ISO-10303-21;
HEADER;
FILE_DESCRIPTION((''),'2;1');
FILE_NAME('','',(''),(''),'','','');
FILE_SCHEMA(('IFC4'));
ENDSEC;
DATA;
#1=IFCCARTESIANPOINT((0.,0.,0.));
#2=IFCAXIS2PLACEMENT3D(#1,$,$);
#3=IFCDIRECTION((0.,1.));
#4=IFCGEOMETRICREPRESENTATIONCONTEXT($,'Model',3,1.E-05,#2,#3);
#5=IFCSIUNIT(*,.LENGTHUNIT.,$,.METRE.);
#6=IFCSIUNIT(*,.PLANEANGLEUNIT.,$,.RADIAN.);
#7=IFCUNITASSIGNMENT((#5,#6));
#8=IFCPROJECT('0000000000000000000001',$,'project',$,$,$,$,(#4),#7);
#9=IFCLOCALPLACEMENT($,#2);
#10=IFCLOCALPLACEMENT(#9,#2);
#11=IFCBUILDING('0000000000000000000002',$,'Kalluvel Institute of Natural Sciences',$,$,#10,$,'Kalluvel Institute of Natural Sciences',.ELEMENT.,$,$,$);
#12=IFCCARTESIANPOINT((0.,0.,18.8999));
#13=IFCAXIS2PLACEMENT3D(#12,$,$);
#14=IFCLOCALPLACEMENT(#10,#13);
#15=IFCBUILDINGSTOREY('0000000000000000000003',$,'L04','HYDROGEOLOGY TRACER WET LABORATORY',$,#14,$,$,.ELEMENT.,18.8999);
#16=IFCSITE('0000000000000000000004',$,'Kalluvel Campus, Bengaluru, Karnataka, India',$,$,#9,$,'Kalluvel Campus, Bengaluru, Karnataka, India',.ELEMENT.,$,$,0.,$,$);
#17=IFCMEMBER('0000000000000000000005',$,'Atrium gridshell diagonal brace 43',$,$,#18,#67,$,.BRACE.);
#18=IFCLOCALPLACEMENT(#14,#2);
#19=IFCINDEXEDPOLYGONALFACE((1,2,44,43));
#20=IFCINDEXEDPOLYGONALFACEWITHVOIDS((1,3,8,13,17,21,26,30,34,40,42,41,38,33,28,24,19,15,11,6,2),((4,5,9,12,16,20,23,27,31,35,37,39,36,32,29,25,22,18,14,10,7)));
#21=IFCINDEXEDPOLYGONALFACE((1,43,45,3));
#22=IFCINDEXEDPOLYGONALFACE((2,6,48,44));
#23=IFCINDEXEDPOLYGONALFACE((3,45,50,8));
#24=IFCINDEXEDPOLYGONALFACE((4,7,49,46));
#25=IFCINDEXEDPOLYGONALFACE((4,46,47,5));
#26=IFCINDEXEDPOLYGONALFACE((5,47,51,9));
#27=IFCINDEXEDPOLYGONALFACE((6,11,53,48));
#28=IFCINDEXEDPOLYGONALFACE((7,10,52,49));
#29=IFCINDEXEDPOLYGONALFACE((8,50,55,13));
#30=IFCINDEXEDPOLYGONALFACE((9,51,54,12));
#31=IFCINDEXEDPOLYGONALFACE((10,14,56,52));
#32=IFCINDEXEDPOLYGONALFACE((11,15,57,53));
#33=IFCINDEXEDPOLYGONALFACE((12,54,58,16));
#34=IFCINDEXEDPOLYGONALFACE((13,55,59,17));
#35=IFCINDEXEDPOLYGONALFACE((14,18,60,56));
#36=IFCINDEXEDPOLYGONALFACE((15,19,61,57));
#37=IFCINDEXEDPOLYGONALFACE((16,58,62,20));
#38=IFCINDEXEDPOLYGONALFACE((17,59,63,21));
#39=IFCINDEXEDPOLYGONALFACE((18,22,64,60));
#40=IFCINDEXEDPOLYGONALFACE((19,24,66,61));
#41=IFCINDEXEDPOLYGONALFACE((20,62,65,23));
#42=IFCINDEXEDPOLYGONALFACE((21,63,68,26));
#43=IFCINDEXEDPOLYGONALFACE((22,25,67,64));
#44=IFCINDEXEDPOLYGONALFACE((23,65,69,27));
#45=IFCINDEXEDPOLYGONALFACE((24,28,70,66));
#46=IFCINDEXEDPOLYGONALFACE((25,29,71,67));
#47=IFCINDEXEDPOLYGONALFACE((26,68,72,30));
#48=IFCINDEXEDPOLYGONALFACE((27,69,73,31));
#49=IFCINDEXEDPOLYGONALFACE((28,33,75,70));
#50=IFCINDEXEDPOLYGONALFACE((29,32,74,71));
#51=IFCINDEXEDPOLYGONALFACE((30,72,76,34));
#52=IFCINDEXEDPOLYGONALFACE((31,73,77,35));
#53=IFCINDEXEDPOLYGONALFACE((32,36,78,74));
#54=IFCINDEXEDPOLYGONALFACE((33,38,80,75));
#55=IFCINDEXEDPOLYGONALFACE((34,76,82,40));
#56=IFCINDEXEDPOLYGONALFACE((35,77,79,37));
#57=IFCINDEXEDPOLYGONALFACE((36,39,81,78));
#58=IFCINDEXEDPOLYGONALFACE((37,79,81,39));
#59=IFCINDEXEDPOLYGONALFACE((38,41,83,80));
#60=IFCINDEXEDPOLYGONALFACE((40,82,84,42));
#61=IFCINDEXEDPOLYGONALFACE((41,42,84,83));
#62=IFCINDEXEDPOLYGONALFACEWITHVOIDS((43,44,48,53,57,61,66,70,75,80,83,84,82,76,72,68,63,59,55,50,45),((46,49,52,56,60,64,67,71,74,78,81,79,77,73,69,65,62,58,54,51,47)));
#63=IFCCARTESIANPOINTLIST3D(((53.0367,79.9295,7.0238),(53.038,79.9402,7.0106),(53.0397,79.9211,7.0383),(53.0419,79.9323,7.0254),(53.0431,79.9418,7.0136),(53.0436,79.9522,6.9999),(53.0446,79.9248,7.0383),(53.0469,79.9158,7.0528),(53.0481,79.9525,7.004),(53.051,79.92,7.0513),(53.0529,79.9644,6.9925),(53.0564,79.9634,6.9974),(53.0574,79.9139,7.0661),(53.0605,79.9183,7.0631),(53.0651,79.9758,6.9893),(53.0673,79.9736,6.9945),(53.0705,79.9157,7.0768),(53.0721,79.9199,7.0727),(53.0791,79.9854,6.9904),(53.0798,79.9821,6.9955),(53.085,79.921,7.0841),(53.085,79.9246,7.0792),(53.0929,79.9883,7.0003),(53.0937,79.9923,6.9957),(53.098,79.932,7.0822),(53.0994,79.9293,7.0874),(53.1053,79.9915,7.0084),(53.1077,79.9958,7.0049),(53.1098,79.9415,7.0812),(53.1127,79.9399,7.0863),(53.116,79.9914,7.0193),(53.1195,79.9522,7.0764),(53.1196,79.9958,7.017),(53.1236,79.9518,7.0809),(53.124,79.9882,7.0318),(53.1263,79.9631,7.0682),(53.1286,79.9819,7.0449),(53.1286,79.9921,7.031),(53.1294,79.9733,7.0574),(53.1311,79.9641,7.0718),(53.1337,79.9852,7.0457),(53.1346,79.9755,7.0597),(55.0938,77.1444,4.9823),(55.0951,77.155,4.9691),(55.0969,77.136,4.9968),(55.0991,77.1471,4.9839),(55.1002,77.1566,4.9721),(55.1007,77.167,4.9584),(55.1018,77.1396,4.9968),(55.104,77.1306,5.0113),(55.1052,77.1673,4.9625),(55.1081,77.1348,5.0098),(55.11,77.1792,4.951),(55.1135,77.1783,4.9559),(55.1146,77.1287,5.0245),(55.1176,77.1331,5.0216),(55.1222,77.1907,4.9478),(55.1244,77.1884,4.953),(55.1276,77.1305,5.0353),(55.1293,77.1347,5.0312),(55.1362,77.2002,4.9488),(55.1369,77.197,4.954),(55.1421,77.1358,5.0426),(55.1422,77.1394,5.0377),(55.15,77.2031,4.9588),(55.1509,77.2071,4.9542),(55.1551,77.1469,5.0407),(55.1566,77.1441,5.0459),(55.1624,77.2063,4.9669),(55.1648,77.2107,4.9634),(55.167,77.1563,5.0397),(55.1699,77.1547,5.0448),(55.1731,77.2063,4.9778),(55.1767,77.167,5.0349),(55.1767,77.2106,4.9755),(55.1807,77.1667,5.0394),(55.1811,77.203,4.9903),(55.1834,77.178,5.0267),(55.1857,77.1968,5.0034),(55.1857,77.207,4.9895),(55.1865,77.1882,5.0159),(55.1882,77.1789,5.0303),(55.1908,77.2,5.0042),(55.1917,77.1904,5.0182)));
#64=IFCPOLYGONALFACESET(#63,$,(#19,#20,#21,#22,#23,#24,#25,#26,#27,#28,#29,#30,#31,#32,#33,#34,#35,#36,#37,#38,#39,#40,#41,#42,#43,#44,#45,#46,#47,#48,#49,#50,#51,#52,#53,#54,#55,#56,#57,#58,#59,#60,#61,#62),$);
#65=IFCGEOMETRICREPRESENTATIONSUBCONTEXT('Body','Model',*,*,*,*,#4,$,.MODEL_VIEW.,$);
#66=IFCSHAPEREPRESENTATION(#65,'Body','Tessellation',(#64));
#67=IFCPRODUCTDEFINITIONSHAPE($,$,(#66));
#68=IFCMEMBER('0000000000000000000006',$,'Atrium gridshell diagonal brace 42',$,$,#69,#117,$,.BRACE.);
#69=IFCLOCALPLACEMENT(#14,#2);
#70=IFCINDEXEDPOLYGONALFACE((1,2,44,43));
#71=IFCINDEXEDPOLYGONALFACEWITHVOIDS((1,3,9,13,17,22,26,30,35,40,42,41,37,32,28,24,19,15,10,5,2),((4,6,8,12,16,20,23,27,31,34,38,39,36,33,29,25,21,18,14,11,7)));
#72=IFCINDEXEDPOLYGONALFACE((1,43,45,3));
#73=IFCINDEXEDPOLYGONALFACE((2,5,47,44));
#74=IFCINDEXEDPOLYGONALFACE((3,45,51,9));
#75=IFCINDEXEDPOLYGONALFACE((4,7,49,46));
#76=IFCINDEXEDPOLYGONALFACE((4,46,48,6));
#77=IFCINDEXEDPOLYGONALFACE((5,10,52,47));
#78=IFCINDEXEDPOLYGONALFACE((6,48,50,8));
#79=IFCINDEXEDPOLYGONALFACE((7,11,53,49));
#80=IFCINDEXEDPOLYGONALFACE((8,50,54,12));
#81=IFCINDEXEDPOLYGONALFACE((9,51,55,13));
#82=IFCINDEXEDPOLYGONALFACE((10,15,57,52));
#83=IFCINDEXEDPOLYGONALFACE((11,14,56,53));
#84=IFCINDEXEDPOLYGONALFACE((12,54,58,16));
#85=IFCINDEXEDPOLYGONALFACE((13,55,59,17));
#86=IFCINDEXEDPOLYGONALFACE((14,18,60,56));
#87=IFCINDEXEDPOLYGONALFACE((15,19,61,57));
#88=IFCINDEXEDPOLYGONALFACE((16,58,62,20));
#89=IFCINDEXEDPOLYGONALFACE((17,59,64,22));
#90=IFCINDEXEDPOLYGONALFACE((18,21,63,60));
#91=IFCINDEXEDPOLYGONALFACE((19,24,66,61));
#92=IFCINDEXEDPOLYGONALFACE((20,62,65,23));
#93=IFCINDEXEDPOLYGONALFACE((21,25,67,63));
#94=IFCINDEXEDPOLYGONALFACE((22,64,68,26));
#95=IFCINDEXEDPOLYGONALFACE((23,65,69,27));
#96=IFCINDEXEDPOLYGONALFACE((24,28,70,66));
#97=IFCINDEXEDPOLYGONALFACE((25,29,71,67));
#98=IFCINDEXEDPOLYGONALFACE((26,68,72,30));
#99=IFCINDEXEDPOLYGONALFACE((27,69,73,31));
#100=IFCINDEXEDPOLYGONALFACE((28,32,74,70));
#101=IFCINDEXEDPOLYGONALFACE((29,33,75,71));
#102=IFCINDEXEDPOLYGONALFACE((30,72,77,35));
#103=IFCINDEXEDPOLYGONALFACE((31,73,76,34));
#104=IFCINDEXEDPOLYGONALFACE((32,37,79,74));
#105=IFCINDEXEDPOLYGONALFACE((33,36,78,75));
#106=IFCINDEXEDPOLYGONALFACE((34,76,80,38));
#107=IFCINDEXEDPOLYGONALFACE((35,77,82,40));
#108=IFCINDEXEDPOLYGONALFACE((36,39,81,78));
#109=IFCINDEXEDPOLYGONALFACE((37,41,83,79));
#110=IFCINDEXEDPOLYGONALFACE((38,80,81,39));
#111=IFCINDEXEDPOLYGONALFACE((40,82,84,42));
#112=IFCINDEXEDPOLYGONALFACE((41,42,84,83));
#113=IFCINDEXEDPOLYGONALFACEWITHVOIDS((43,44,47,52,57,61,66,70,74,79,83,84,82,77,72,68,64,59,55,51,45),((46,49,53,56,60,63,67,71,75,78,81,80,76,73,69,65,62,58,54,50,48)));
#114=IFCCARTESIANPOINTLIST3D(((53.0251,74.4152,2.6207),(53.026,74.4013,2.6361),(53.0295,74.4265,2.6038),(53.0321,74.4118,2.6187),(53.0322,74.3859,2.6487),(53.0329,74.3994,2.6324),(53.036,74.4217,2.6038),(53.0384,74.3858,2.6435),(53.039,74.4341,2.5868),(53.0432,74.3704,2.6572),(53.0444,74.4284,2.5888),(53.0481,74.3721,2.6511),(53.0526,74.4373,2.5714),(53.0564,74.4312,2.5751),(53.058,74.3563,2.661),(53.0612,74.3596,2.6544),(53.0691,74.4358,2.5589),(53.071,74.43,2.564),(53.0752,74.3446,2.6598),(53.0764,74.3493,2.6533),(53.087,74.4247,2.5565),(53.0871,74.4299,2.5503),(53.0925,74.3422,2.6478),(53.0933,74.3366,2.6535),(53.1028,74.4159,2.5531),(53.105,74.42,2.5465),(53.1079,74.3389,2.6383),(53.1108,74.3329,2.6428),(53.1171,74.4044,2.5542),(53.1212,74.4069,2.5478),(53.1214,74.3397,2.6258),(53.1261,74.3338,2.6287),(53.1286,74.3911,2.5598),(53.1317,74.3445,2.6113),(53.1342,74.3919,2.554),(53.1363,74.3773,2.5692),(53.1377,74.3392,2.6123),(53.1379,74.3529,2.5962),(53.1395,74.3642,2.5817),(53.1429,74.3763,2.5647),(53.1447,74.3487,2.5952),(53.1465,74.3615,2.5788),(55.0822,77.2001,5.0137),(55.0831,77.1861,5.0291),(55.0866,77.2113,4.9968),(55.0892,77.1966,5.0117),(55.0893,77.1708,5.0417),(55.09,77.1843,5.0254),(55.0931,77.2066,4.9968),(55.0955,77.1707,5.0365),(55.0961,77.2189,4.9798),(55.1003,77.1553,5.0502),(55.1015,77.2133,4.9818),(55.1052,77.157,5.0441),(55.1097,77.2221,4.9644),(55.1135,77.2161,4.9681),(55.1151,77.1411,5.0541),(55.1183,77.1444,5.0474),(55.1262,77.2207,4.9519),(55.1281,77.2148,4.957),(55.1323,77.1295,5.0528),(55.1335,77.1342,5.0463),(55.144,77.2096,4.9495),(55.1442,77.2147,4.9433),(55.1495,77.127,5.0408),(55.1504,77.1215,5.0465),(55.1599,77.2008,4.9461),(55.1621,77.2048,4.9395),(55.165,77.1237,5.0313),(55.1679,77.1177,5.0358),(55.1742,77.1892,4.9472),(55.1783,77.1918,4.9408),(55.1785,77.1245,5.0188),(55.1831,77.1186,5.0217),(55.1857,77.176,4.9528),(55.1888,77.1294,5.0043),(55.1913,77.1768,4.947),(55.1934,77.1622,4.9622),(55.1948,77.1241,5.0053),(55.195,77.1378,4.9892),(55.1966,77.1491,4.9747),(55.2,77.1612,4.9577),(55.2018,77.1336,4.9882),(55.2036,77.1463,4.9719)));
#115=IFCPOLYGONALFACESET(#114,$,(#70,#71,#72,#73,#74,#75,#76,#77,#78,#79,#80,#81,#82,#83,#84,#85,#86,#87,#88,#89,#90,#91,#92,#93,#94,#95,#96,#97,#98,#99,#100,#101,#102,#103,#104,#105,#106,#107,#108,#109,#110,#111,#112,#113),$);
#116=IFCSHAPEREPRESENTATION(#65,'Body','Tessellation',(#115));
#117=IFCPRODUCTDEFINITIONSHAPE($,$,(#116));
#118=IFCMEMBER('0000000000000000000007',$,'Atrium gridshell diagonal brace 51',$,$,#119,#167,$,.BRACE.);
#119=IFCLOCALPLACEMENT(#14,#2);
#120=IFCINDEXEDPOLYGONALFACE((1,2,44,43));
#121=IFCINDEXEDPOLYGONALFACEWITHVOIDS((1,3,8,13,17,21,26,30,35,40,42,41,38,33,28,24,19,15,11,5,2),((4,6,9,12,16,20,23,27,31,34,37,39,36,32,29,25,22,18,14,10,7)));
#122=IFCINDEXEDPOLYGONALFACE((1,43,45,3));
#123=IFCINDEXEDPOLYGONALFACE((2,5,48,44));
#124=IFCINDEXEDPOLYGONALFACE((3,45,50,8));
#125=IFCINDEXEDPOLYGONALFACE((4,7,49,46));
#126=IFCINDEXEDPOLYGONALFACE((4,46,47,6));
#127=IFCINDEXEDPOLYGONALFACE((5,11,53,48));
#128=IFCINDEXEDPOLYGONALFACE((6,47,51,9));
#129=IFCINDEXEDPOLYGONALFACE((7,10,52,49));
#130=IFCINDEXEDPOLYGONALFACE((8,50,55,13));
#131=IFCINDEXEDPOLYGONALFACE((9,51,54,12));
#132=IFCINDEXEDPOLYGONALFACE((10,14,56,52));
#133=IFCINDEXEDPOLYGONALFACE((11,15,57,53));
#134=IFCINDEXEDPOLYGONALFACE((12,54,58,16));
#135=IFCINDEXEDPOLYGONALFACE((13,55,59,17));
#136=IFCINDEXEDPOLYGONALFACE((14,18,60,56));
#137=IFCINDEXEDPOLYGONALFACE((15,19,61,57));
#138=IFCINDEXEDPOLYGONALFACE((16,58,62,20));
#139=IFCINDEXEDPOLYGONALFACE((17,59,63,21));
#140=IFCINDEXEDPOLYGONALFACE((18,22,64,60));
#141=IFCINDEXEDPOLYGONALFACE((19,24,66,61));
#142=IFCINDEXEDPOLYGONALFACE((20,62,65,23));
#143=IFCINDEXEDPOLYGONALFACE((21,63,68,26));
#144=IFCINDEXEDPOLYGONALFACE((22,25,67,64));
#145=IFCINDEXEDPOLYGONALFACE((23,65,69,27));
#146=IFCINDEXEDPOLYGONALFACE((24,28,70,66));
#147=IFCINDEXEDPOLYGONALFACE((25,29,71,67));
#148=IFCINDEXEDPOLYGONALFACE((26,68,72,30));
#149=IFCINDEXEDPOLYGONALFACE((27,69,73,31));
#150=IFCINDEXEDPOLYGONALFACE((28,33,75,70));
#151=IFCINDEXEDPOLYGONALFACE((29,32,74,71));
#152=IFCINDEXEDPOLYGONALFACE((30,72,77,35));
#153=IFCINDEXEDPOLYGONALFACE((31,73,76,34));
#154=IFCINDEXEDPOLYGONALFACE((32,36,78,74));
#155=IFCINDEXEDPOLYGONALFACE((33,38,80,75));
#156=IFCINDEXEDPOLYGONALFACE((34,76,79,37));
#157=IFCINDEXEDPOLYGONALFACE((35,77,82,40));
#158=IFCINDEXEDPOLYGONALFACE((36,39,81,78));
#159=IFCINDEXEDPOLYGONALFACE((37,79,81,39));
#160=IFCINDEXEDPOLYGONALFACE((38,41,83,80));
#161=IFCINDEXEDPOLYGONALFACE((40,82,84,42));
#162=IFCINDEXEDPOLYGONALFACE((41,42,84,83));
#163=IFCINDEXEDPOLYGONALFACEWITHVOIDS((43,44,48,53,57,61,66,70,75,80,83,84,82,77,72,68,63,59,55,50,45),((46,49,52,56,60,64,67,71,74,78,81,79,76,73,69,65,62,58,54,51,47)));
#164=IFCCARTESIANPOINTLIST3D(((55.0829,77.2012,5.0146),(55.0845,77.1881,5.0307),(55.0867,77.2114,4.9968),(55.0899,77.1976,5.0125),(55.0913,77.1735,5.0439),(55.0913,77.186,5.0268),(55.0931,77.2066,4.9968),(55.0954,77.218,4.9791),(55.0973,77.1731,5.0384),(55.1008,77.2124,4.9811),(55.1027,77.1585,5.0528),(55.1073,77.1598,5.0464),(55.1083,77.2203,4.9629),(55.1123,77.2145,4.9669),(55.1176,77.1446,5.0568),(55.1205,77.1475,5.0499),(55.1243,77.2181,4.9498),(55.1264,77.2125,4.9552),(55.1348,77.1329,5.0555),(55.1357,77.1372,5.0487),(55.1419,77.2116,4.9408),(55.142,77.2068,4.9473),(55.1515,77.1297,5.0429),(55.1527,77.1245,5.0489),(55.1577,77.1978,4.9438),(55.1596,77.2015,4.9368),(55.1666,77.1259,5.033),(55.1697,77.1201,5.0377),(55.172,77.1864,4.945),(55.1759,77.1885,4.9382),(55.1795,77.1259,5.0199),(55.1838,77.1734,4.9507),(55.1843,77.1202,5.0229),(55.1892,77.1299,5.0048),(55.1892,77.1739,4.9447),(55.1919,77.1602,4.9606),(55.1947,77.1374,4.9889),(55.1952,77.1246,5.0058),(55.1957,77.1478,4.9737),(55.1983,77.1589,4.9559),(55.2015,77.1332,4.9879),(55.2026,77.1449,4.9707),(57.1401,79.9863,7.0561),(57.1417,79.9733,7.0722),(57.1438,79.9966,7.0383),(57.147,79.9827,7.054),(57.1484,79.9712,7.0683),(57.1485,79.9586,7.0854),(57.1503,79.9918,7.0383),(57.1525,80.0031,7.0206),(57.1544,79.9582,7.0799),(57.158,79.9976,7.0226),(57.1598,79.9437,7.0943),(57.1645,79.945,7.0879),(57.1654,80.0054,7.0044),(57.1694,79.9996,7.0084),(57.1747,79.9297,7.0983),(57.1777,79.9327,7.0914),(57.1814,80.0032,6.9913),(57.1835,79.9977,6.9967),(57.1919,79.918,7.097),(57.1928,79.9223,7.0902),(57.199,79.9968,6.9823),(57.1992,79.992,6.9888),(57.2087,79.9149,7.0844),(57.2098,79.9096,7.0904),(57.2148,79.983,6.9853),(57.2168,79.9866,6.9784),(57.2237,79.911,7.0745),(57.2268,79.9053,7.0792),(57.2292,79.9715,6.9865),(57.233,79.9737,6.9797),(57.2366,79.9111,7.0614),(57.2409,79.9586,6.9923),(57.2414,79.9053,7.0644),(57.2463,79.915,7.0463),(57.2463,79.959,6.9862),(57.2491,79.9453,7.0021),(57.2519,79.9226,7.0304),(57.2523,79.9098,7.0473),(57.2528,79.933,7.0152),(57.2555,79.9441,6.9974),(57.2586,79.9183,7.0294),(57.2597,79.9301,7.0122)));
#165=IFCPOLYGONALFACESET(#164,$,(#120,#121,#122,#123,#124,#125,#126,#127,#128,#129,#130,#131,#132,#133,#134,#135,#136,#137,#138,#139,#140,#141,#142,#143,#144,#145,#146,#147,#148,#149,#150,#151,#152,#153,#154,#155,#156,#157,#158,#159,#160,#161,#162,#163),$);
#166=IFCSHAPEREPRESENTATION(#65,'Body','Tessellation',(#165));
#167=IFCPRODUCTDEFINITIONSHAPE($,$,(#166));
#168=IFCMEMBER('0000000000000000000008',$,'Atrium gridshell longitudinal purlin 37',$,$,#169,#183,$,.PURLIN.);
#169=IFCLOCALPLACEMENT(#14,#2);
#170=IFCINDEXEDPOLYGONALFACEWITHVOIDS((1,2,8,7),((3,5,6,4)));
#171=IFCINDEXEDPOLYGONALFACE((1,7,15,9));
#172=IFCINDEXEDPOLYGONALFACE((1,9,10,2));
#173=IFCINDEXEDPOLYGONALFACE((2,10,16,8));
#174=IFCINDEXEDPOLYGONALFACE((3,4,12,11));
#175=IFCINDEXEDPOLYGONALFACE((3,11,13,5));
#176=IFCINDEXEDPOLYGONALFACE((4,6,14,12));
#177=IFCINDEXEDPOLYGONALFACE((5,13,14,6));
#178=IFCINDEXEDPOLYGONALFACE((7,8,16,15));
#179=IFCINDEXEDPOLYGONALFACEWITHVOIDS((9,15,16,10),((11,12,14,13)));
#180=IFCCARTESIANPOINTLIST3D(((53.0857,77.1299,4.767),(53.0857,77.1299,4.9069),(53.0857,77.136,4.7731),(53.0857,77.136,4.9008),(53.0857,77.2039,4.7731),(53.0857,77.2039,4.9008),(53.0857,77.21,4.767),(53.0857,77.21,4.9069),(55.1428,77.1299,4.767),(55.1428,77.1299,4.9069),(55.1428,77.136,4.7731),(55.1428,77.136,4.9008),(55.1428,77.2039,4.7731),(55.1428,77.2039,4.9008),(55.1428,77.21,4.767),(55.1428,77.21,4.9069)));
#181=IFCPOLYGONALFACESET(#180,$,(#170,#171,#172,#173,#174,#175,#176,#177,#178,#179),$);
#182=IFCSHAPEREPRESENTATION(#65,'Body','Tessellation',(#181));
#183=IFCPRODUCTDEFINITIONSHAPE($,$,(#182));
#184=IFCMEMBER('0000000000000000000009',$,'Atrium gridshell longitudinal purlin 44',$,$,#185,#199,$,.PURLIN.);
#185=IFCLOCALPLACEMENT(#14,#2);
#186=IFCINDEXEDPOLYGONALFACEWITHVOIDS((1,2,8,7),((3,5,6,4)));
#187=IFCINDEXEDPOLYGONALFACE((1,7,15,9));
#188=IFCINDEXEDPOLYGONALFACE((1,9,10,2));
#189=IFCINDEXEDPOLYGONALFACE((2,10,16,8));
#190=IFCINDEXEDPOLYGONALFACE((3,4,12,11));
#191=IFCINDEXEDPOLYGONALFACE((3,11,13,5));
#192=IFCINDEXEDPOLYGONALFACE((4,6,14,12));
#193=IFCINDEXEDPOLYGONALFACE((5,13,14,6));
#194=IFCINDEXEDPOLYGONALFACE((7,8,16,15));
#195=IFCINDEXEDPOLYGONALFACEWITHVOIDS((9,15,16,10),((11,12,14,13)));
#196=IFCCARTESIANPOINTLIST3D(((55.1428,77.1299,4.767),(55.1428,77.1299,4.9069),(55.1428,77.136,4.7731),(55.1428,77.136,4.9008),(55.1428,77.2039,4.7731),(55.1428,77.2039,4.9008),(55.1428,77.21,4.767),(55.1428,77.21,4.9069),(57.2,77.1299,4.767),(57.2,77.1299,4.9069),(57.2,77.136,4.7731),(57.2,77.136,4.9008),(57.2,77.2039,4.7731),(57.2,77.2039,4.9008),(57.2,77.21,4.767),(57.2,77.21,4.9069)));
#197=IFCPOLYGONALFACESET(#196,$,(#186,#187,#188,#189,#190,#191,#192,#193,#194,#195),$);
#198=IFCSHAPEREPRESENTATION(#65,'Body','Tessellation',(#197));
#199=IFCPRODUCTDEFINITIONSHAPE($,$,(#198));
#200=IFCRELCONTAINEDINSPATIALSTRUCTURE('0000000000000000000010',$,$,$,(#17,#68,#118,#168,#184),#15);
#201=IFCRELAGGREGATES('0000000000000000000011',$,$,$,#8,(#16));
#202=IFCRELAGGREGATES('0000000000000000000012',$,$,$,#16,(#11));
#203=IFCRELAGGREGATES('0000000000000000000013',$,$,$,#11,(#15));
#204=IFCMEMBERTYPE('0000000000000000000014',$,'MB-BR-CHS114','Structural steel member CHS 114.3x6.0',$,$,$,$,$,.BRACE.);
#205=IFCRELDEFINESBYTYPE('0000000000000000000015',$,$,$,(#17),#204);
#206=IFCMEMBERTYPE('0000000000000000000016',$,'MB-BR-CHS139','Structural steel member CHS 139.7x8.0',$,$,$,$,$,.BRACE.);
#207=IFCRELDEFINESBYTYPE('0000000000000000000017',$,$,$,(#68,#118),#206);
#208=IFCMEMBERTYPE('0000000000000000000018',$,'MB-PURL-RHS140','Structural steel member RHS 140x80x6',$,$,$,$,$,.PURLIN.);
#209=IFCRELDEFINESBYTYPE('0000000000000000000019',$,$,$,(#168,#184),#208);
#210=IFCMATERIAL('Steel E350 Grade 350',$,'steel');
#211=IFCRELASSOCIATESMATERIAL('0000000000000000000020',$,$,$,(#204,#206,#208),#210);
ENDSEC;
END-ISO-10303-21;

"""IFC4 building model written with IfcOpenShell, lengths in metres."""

from ifc_helpers import new_model, si_unit, direction, frame, origin, origin_2d, place, context, subcontext, project, spatial, hollow_rectangle, hollow_circle, extrude, material, material_profile, profile_set, type_object, element, save


model = new_model("IFC4")

# Units and contexts
model_context = context("Model", 3, precision=1e-05, world=origin(), true_north=direction((0.0, 1.0)))
body_context = subcontext(model_context, "Body", "Model", "MODEL_VIEW")
ifc_project = project(units=[si_unit("LENGTHUNIT", "METRE"), si_unit("PLANEANGLEUNIT", "RADIAN")], contexts=[model_context])

# Site, building, storey
site_placement = place(None, origin())
site = spatial("IfcSite", under=ifc_project, at=site_placement, Name="Kalluvel Campus, Bengaluru, Karnataka, India", LongName="Kalluvel Campus, Bengaluru, Karnataka, India", CompositionType="ELEMENT", RefElevation=0.0)
building_placement = place(site_placement, origin())
building = spatial("IfcBuilding", under=site, at=building_placement, Name="Kalluvel Institute of Natural Sciences", LongName="Kalluvel Institute of Natural Sciences", CompositionType="ELEMENT")
storey_placement = place(building_placement, frame((0.0, 0.0, 18.8999)))
storey = spatial("IfcBuildingStorey", under=building, at=storey_placement, Name="L04", Description="HYDROGEOLOGY TRACER WET LABORATORY", CompositionType="ELEMENT", Elevation=18.8999)

# Members
ifc_material_1 = material(Name="Steel E350 Grade 350", Category="steel")
ifc_material_profile_1 = material_profile(ifc_material_1, hollow_circle(Radius=0.0571, WallThickness=0.0061, at=origin_2d()), Name="CHS 114.3x6.0")
ifc_profile_set_1 = profile_set([ifc_material_profile_1], Name="Steel E350 Grade 350")
member_type_1 = type_object("IfcMemberType", Name="MB-BR-CHS114", Description="Structural steel member CHS 114.3x6.0", PredefinedType="BRACE", material=ifc_profile_set_1)
member_1_placement = place(storey_placement, frame((55.1428, 77.1699, 4.9968), z_axis=(-0.511784, 0.692906, 0.507896), x_axis=(-0.804378, -0.594117, 0.0)))
element("IfcMember", 1, at=member_1_placement, inside=storey, type_object=member_type_1, Name="Atrium gridshell diagonal brace 43", PredefinedType="BRACE", context=body_context, shape_type="SweptSolid", body=[
    extrude(hollow_circle(Radius=0.0571, WallThickness=0.0061, at=origin_2d()), origin(), (0.0, 0.0, 1.0), 4.0195),
])
ifc_material_profile_2 = material_profile(ifc_material_1, hollow_circle(Radius=0.0698, WallThickness=0.0081, at=origin_2d()), Name="CHS 139.7x8.0")
ifc_profile_set_2 = profile_set([ifc_material_profile_2], Name="Steel E350 Grade 350")
member_type_2 = type_object("IfcMemberType", Name="MB-BR-CHS139", Description="Structural steel member CHS 139.7x8.0", PredefinedType="BRACE", material=ifc_profile_set_2)
member_2_placement = place(storey_placement, frame((53.0857, 74.385, 2.6038), z_axis=(0.488765, 0.661683, 0.568582), x_axis=(-0.804353, 0.594151, 0.0)))
element("IfcMember", 2, at=member_2_placement, inside=storey, type_object=member_type_2, Name="Atrium gridshell diagonal brace 42", PredefinedType="BRACE", context=body_context, shape_type="SweptSolid", body=[
    extrude(hollow_circle(Radius=0.0698, WallThickness=0.0081, at=origin_2d()), origin(), (0.0, 0.0, 1.0), 4.2087),
])
member_3_placement = place(storey_placement, frame((55.1428, 77.1699, 4.9968), z_axis=(0.511784, 0.692906, 0.507896), x_axis=(-0.804378, 0.594117, 0.0)))
element("IfcMember", 3, at=member_3_placement, inside=storey, type_object=member_type_2, Name="Atrium gridshell diagonal brace 51", PredefinedType="BRACE", context=body_context, shape_type="SweptSolid", body=[
    extrude(hollow_circle(Radius=0.0698, WallThickness=0.0081, at=origin_2d()), origin(), (0.0, 0.0, 1.0), 4.0195),
])
ifc_material_profile_3 = material_profile(ifc_material_1, hollow_rectangle(XDim=0.0801, YDim=0.1399, WallThickness=0.0061, at=origin_2d()), Name="RHS 140x80x6")
ifc_profile_set_3 = profile_set([ifc_material_profile_3], Name="Steel E350 Grade 350")
member_type_3 = type_object("IfcMemberType", Name="MB-PURL-RHS140", Description="Structural steel member RHS 140x80x6", PredefinedType="PURLIN", material=ifc_profile_set_3)
for number, where, z_axis, x_axis, name in (
    (4, (53.0857, 77.1699, 4.8369), (1.0, 0.0, 0.0), (0.0, 1.0, 0.0), "Atrium gridshell longitudinal purlin 37"),
    (5, (55.1428, 77.1699, 4.8369), (1.0, 0.0, 0.0), (0.0, 1.0, 0.0), "Atrium gridshell longitudinal purlin 44"),
):
    element("IfcMember", number, at=place(storey_placement, frame(where, z_axis=z_axis, x_axis=x_axis)), inside=storey, type_object=member_type_3, Name=name, PredefinedType="PURLIN", context=body_context, shape_type="SweptSolid", body=[
        extrude(hollow_rectangle(XDim=0.0801, YDim=0.1399, WallThickness=0.0061, at=origin_2d()), origin(), (0.0, 0.0, 1.0), 2.0571),
    ])

save(model, "model.ifc")
